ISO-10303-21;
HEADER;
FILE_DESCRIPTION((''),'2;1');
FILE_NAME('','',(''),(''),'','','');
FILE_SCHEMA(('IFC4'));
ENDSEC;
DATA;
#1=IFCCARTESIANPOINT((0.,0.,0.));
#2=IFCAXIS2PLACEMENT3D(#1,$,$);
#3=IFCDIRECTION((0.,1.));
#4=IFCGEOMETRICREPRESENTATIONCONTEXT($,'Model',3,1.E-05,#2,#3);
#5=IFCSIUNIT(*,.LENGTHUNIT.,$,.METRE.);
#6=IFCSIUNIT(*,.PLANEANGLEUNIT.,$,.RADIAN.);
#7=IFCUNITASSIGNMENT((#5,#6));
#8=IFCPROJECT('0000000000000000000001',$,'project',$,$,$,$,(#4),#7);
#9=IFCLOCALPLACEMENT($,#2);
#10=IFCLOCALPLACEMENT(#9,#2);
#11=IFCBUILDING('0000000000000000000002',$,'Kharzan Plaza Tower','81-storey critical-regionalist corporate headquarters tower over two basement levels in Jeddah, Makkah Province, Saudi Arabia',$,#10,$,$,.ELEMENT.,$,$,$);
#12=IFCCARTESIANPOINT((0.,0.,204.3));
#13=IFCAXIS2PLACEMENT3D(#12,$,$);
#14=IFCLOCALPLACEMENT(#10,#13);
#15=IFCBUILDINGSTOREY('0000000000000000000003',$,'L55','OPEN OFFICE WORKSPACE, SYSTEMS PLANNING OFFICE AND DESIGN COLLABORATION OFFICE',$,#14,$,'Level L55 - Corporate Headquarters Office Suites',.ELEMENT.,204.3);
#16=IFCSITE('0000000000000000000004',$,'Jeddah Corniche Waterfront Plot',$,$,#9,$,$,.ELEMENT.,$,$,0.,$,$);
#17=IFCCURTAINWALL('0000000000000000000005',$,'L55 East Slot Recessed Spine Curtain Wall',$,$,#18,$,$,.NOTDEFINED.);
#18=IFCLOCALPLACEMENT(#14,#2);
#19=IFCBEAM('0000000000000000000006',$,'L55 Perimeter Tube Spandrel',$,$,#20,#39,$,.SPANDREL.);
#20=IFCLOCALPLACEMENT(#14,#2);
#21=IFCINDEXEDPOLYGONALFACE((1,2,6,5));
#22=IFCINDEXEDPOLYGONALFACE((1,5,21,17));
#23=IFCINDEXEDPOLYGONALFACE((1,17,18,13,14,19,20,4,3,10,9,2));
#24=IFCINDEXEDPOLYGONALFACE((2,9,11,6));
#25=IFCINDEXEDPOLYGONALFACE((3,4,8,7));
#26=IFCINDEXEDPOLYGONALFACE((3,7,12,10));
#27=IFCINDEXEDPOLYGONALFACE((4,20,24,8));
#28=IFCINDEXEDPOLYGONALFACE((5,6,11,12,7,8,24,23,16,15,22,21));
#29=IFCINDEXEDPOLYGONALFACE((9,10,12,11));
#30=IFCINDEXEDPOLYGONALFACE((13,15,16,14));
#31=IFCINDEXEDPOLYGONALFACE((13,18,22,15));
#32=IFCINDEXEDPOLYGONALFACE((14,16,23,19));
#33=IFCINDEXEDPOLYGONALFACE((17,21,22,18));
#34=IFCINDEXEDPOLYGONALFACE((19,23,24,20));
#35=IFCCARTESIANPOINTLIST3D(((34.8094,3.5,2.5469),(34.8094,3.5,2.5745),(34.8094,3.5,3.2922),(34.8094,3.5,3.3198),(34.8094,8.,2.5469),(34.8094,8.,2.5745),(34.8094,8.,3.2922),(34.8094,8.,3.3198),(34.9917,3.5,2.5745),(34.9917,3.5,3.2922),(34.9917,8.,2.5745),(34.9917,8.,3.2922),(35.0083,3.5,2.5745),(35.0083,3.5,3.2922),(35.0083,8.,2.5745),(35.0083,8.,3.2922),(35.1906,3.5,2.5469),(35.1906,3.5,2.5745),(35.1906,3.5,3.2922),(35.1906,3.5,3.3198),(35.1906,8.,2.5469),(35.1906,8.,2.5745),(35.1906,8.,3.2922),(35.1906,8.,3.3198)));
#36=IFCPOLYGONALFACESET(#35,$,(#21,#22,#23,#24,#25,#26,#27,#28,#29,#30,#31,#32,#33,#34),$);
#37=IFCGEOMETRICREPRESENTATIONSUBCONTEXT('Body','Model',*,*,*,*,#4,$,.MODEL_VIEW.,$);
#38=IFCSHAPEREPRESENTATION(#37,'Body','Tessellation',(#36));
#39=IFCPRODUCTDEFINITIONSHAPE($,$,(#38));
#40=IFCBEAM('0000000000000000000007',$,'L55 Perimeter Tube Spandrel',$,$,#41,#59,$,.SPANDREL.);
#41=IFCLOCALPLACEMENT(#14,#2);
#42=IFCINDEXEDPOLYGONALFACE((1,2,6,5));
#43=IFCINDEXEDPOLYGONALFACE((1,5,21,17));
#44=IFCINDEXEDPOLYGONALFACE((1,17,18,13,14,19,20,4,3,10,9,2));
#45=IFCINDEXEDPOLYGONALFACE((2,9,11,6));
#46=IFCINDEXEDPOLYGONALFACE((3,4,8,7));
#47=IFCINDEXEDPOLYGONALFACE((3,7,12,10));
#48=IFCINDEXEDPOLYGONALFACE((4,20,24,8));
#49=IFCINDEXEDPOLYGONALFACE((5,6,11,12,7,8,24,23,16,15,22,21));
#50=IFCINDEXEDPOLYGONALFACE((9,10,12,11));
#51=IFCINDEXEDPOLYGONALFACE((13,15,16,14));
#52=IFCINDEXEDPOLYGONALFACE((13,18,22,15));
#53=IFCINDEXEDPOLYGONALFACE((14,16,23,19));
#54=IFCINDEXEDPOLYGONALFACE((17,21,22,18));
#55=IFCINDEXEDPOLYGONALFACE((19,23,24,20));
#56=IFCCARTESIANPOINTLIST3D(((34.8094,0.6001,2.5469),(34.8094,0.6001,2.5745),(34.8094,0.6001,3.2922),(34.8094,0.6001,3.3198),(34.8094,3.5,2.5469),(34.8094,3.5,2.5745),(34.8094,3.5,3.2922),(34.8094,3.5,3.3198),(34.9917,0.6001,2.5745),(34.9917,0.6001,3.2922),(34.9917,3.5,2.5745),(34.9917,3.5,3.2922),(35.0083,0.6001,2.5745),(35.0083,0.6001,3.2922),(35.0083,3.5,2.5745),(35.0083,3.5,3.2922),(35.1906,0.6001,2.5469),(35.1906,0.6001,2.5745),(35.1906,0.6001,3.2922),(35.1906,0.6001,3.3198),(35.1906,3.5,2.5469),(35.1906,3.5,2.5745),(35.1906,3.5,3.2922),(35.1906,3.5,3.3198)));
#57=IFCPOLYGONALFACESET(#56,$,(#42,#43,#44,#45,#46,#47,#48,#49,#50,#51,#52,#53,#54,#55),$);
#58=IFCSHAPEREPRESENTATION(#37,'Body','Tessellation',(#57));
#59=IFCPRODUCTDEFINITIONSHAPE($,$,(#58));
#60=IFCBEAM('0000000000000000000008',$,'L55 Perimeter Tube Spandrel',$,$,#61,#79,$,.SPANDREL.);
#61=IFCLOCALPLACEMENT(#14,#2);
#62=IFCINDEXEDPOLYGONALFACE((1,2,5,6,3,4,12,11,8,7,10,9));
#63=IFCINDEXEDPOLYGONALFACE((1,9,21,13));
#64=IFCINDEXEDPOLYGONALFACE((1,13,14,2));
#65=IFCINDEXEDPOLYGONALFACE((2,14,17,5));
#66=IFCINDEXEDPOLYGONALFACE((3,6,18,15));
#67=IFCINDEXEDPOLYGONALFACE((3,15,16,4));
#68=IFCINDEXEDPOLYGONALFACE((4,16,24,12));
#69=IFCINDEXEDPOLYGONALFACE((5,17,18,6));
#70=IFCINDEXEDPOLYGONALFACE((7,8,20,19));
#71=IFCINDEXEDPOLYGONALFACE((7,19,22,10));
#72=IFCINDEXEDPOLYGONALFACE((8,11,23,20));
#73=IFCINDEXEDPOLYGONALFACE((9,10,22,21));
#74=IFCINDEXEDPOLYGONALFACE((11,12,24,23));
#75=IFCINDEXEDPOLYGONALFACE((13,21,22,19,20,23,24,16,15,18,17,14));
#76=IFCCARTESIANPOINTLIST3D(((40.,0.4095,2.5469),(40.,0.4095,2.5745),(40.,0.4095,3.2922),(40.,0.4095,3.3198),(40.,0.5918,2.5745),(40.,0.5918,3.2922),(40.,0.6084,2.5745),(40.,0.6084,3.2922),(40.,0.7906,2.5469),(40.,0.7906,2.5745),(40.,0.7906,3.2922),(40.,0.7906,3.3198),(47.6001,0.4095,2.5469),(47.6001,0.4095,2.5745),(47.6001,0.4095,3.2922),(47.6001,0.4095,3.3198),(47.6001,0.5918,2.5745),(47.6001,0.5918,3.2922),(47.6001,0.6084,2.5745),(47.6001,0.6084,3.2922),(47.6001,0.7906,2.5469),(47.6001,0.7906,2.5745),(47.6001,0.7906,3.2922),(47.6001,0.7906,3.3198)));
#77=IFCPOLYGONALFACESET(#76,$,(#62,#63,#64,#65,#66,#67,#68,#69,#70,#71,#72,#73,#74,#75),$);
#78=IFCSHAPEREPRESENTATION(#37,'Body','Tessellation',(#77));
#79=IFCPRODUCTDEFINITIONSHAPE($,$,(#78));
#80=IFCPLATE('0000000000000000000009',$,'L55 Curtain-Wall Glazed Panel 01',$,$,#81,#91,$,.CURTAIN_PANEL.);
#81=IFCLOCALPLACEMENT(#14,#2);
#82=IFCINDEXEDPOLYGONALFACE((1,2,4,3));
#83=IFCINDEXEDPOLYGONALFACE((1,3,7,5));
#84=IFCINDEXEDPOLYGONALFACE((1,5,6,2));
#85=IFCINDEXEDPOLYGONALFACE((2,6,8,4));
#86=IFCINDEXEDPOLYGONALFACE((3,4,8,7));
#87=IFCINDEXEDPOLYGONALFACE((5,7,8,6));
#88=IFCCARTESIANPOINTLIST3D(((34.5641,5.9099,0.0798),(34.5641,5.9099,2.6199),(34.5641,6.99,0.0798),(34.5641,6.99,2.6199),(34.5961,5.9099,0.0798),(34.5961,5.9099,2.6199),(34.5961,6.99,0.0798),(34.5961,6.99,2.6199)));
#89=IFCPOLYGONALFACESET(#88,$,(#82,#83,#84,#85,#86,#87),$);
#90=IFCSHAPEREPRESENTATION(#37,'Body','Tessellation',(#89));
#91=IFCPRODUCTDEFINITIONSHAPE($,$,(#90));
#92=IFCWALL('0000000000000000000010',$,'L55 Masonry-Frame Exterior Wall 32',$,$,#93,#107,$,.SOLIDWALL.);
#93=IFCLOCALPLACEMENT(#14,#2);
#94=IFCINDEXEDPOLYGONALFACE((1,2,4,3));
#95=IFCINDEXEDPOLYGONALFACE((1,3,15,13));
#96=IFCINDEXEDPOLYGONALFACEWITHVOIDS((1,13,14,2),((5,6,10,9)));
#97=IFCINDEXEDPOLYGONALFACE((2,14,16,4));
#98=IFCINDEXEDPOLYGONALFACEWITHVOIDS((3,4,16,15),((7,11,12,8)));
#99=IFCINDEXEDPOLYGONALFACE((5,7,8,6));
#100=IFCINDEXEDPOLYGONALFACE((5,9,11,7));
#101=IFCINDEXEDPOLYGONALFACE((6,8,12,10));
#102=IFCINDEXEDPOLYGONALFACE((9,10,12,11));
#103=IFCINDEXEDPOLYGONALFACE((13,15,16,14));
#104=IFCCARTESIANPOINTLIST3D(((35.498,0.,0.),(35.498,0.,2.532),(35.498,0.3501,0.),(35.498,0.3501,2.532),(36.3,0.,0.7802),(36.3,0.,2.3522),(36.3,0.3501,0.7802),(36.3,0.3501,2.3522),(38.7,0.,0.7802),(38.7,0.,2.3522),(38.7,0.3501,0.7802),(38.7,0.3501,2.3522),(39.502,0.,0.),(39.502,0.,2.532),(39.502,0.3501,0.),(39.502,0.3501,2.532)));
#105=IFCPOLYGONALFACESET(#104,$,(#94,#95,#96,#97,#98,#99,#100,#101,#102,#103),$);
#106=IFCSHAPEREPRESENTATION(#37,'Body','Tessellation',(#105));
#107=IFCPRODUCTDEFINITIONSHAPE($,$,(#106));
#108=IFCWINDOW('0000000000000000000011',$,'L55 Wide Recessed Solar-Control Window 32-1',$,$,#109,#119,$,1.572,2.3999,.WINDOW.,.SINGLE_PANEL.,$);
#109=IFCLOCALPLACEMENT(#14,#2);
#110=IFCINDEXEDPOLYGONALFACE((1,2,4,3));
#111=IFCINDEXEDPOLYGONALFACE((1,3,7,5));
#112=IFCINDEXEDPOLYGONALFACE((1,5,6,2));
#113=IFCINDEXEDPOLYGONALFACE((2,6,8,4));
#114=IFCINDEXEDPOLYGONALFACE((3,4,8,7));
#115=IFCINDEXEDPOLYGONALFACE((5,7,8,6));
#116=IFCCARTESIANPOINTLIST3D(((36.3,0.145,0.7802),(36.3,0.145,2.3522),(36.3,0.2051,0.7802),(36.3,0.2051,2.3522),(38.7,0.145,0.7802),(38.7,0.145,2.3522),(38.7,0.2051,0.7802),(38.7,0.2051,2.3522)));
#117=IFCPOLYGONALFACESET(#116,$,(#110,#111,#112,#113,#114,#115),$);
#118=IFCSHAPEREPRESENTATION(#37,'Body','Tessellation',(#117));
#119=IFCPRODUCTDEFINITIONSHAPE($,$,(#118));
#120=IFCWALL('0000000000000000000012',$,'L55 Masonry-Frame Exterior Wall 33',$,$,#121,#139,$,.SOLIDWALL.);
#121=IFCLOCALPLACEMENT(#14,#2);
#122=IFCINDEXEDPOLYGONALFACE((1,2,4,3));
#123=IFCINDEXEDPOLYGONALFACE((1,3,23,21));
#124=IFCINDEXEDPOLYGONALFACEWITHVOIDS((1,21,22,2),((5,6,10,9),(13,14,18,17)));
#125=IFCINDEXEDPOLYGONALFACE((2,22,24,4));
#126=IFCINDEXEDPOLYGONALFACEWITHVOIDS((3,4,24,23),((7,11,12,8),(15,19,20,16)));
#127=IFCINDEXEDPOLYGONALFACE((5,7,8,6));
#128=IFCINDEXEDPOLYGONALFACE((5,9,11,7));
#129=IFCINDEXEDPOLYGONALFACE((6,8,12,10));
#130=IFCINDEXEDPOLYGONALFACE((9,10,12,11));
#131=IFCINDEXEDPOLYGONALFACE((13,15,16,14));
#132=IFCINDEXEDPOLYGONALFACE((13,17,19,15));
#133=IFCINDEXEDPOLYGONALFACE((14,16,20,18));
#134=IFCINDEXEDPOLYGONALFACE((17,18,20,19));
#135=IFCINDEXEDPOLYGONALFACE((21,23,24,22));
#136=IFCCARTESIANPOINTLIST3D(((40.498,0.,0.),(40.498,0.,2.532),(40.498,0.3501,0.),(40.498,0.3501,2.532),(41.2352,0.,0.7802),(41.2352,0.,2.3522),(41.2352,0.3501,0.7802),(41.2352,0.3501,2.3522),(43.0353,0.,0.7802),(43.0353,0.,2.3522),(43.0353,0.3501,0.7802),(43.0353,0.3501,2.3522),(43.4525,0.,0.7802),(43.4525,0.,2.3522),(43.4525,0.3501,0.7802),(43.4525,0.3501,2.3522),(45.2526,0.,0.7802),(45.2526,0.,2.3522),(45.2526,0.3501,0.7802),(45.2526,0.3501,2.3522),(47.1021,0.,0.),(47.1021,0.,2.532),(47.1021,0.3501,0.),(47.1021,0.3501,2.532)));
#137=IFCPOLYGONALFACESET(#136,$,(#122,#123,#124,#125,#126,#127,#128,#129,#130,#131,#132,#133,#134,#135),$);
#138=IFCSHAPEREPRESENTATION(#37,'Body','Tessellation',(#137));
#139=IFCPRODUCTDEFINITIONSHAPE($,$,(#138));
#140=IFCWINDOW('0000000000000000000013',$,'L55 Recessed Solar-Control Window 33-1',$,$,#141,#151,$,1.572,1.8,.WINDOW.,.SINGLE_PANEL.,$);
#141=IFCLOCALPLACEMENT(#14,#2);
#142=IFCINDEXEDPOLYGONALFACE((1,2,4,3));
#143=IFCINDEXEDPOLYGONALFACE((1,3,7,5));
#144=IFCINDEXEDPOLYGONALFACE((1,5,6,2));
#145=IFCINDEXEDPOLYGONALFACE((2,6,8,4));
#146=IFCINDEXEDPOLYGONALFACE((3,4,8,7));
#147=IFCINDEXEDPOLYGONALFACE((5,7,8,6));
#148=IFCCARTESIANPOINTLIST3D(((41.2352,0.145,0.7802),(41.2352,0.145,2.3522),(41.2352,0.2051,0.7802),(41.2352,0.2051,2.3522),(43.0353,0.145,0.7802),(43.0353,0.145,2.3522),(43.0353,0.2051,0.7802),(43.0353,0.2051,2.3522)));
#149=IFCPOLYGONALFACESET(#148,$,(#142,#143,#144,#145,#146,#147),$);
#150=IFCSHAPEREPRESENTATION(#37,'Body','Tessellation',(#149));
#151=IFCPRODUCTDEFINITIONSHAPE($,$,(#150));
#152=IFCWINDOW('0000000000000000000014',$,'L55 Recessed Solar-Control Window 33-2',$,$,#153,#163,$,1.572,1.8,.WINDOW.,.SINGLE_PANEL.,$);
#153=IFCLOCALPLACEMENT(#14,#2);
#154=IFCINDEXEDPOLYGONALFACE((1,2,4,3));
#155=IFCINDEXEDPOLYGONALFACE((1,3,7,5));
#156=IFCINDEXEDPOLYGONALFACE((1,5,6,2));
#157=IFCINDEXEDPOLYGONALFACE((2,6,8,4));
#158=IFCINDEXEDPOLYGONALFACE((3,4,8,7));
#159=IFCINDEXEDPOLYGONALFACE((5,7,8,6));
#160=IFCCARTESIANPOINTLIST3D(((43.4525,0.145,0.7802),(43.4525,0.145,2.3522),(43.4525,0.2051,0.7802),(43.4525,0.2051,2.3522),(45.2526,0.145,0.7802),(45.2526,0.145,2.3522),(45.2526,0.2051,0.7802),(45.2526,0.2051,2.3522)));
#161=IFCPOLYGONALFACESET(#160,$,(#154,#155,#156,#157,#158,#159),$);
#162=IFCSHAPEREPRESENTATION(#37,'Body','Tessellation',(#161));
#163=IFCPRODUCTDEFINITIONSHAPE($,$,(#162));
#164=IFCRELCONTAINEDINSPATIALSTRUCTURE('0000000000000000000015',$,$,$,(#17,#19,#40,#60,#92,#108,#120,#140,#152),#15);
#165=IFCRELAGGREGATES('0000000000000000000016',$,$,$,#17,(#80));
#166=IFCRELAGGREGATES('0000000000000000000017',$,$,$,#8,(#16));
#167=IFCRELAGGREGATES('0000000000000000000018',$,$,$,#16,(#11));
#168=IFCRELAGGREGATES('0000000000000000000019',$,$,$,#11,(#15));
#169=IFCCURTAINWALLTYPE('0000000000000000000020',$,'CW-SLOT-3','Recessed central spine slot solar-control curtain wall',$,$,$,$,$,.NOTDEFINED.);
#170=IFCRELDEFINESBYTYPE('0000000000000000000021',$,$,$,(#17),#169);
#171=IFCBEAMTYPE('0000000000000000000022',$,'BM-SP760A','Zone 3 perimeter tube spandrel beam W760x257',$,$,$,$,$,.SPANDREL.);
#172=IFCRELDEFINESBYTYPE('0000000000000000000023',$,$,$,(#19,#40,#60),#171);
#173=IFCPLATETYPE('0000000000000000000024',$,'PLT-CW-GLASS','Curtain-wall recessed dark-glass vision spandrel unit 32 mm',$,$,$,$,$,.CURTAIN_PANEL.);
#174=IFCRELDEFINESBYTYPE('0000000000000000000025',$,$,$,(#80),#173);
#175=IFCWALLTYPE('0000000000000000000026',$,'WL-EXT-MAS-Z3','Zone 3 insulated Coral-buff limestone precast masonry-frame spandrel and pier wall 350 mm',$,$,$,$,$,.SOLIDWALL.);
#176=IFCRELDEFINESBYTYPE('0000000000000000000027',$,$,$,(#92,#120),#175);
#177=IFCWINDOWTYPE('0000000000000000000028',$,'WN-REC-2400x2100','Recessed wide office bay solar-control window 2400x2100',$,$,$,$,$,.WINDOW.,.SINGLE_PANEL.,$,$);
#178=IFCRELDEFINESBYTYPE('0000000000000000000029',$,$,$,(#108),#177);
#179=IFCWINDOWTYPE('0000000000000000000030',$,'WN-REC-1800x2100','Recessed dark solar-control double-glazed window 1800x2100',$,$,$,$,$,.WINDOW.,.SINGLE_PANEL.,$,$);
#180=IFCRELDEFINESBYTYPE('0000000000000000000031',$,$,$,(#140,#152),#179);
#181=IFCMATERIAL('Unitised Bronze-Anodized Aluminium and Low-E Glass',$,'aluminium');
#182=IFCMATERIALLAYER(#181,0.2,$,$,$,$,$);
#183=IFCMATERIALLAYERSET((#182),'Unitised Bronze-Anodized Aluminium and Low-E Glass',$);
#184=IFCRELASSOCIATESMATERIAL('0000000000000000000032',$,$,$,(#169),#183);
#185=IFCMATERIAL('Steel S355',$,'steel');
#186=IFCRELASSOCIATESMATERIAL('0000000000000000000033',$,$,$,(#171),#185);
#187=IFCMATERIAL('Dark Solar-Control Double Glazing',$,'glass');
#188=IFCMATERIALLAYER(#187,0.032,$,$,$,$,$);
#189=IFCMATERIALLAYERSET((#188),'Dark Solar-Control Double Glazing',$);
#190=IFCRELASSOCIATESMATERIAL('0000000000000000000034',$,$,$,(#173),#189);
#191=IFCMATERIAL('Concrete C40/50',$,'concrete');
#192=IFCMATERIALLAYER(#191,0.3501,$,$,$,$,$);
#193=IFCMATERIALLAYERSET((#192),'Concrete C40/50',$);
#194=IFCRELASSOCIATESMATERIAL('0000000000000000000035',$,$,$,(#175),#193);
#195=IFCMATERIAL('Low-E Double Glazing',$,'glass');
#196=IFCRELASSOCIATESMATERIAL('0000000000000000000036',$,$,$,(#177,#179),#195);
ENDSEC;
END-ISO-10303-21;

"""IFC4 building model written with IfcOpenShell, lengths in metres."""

from ifc_helpers import new_model, si_unit, direction, frame, frame_2d, origin, origin_2d, place, context, subcontext, project, spatial, rectangle, i_section, extrude, source, transform, mapped, material, layer, layer_set, material_profile, profile_set, type_object, element, fill, aggregate, save


model = new_model("IFC4")

# Units and contexts
model_context = context("Model", 3, precision=1e-05, world=origin(), true_north=direction((0.0, 1.0)))
body_context = subcontext(model_context, "Body", "Model", "MODEL_VIEW")
ifc_project = project(units=[si_unit("LENGTHUNIT", "METRE"), si_unit("PLANEANGLEUNIT", "RADIAN")], contexts=[model_context])

# Site, building, storey
site_placement = place(None, origin())
site = spatial("IfcSite", under=ifc_project, at=site_placement, Name="Jeddah Corniche Waterfront Plot", CompositionType="ELEMENT", RefElevation=0.0)
building_placement = place(site_placement, origin())
building = spatial("IfcBuilding", under=site, at=building_placement, Name="Kharzan Plaza Tower", Description="81-storey critical-regionalist corporate headquarters tower over two basement levels in Jeddah, Makkah Province, Saudi Arabia", CompositionType="ELEMENT")
storey_placement = place(building_placement, frame((0.0, 0.0, 204.3)))
storey = spatial("IfcBuildingStorey", under=building, at=storey_placement, Name="L55", Description="OPEN OFFICE WORKSPACE, SYSTEMS PLANNING OFFICE AND DESIGN COLLABORATION OFFICE", LongName="Level L55 - Corporate Headquarters Office Suites", CompositionType="ELEMENT", Elevation=204.3)

# Shared definitions
ifc_material_1 = material(Name="Steel S355", Category="steel")

# Curtain wall
ifc_material_2 = material(Name="Unitised Bronze-Anodized Aluminium and Low-E Glass", Category="aluminium")
ifc_layer_1 = layer(ifc_material_2, 0.2)
ifc_layer_set_1 = layer_set([ifc_layer_1], Name="Unitised Bronze-Anodized Aluminium and Low-E Glass")
curtain_wall_type = type_object("IfcCurtainWallType", Name="CW-SLOT-3", Description="Recessed central spine slot solar-control curtain wall", PredefinedType="NOTDEFINED", material=ifc_layer_set_1)
curtain_wall_placement = place(storey_placement, origin())
curtain_wall = element("IfcCurtainWall", 1, at=curtain_wall_placement, inside=storey, type_object=curtain_wall_type, Name="L55 East Slot Recessed Spine Curtain Wall", PredefinedType="NOTDEFINED")

# Beams
ifc_material_profile_1 = material_profile(ifc_material_1, i_section(OverallWidth=0.3811, OverallDepth=0.7729, WebThickness=0.0166, FlangeThickness=0.0276, at=origin_2d()), Name="W760x257")
ifc_profile_set_1 = profile_set([ifc_material_profile_1], Name="Steel S355")
beam_type_1 = type_object("IfcBeamType", Name="BM-SP760A", Description="Zone 3 perimeter tube spandrel beam W760x257", PredefinedType="SPANDREL", material=ifc_profile_set_1)
shared_shape_1 = source(origin(), body_context, "Body", "SweptSolid", [
    extrude(i_section(OverallWidth=0.3811, OverallDepth=0.7729, WebThickness=0.0166, FlangeThickness=0.0276, at=origin_2d()), origin(), (0.0, 0.0, 1.0), 4.5),
])
beam_1_placement = place(storey_placement, frame((35.0, 3.5, 2.9333), z_axis=(0.0, 1.0, 0.0), x_axis=(-1.0, 0.0, 0.0)))
element("IfcBeam", 2, at=beam_1_placement, inside=storey, type_object=beam_type_1, Name="L55 Perimeter Tube Spandrel", PredefinedType="SPANDREL", context=body_context, shape_type="MappedRepresentation", body=[
    mapped(shared_shape_1, transform((0.0, 0.0, 0.0), x_axis=(1.0, 0.0, 0.0), y_axis=(0.0, 1.0, 0.0), z_axis=(0.0, 0.0, 1.0))),
])
shared_shape_2 = source(origin(), body_context, "Body", "SweptSolid", [
    extrude(i_section(OverallWidth=0.3811, OverallDepth=0.7729, WebThickness=0.0166, FlangeThickness=0.0276, at=origin_2d()), origin(), (0.0, 0.0, 1.0), 2.8999),
])
beam_2_placement = place(storey_placement, frame((35.0, 0.6001, 2.9333), z_axis=(0.0, 1.0, 0.0), x_axis=(-1.0, 0.0, 0.0)))
element("IfcBeam", 3, at=beam_2_placement, inside=storey, type_object=beam_type_1, Name="L55 Perimeter Tube Spandrel", PredefinedType="SPANDREL", context=body_context, shape_type="MappedRepresentation", body=[
    mapped(shared_shape_2, transform((0.0, 0.0, 0.0), x_axis=(1.0, 0.0, 0.0), y_axis=(0.0, 1.0, 0.0), z_axis=(0.0, 0.0, 1.0))),
])
shared_shape_3 = source(origin(), body_context, "Body", "SweptSolid", [
    extrude(i_section(OverallWidth=0.3811, OverallDepth=0.7729, WebThickness=0.0166, FlangeThickness=0.0276, at=origin_2d()), origin(), (0.0, 0.0, 1.0), 7.6001),
])
beam_3_placement = place(storey_placement, frame((40.0, 0.6001, 2.9333), z_axis=(1.0, 0.0, 0.0), x_axis=(0.0, 1.0, 0.0)))
element("IfcBeam", 4, at=beam_3_placement, inside=storey, type_object=beam_type_1, Name="L55 Perimeter Tube Spandrel", PredefinedType="SPANDREL", context=body_context, shape_type="MappedRepresentation", body=[
    mapped(shared_shape_3, transform((0.0, 0.0, 0.0), x_axis=(1.0, 0.0, 0.0), y_axis=(0.0, 1.0, 0.0), z_axis=(0.0, 0.0, 1.0))),
])

# Plate
ifc_material_3 = material(Name="Dark Solar-Control Double Glazing", Category="glass")
ifc_layer_2 = layer(ifc_material_3, 0.032)
ifc_layer_set_2 = layer_set([ifc_layer_2], Name="Dark Solar-Control Double Glazing")
plate_type = type_object("IfcPlateType", Name="PLT-CW-GLASS", Description="Curtain-wall recessed dark-glass vision spandrel unit 32 mm", PredefinedType="CURTAIN_PANEL", material=ifc_layer_set_2)
shared_shape_4 = source(origin(), body_context, "Body", "SweptSolid", [
    extrude(rectangle(XDim=1.0801, YDim=0.032, at=origin_2d()), origin(), (0.0, 0.0, 1.0), 2.54),
])
plate_placement = place(storey_placement, frame((34.5801, 6.45, 0.0798), z_axis=(0.0, 0.0, 1.0), x_axis=(0.0, 1.0, 0.0)))
plate = element("IfcPlate", 5, at=plate_placement, type_object=plate_type, Name="L55 Curtain-Wall Glazed Panel 01", PredefinedType="CURTAIN_PANEL", context=body_context, shape_type="MappedRepresentation", body=[
    mapped(shared_shape_4, transform((0.0, 0.0, 0.0), x_axis=(1.0, 0.0, 0.0), y_axis=(0.0, 1.0, 0.0), z_axis=(0.0, 0.0, 1.0))),
])
aggregate(curtain_wall, [plate])

# Wall, opening, window
ifc_material_4 = material(Name="Concrete C40/50", Category="concrete")
ifc_layer_3 = layer(ifc_material_4, 0.3501)
ifc_layer_set_3 = layer_set([ifc_layer_3], Name="Concrete C40/50")
wall_type_1 = type_object("IfcWallType", Name="WL-EXT-MAS-Z3", Description="Zone 3 insulated Coral-buff limestone precast masonry-frame spandrel and pier wall 350 mm", PredefinedType="SOLIDWALL", material=ifc_layer_set_3)
wall_1_placement = place(storey_placement, frame((35.498, 0.175, 0.0), z_axis=(0.0, 0.0, 1.0), x_axis=(1.0, 0.0, 0.0)))
wall_1 = element("IfcWall", 6, at=wall_1_placement, inside=storey, type_object=wall_type_1, Name="L55 Masonry-Frame Exterior Wall 32", PredefinedType="SOLIDWALL", context=body_context, shape_type="SweptSolid", body=[
    extrude(rectangle(XDim=4.0039, YDim=0.3501, at=frame_2d((2.002, 0.0))), origin(), (0.0, 0.0, 1.0), 2.532),
])
opening_1_placement = place(wall_1_placement, frame((0.802, 0.0, 0.78)))
opening_1 = element("IfcOpeningElement", 7, at=opening_1_placement, cuts=wall_1, PredefinedType="OPENING", context=body_context, shape_type="SweptSolid", body=[
    extrude(rectangle(XDim=2.3999, YDim=1.572, at=frame_2d((1.2, 0.7861))), frame((0.0, 0.1851, 0.0), z_axis=(0.0, -1.0, 0.0), x_axis=(1.0, 0.0, 0.0)), (0.0, 0.0, 1.0), 0.3701),
])
ifc_material_5 = material(Name="Low-E Double Glazing", Category="glass")
window_type_1 = type_object("IfcWindowType", Name="WN-REC-2400x2100", Description="Recessed wide office bay solar-control window 2400x2100", PartitioningType="SINGLE_PANEL", PredefinedType="WINDOW", material=ifc_material_5)
shared_shape_5 = source(origin(), body_context, "Body", "SweptSolid", [
    extrude(rectangle(XDim=2.3999, YDim=1.572, at=frame_2d((1.2, 0.7861))), frame((0.0, 0.03, 0.0), z_axis=(0.0, -1.0, 0.0), x_axis=(1.0, 0.0, 0.0)), (0.0, 0.0, 1.0), 0.0601),
])
window_1_placement = place(opening_1_placement, origin())
window_1 = element("IfcWindow", 8, at=window_1_placement, inside=storey, type_object=window_type_1, Name="L55 Wide Recessed Solar-Control Window 32-1", OverallHeight=1.572, OverallWidth=2.3999, PartitioningType="SINGLE_PANEL", PredefinedType="WINDOW", context=body_context, shape_type="MappedRepresentation", body=[
    mapped(shared_shape_5, transform((0.0, 0.0, 0.0), x_axis=(1.0, 0.0, 0.0), y_axis=(0.0, 1.0, 0.0), z_axis=(0.0, 0.0, 1.0))),
])
fill(opening_1, window_1)

# Wall, openings, windows
wall_2_placement = place(storey_placement, frame((40.498, 0.175, 0.0), z_axis=(0.0, 0.0, 1.0), x_axis=(1.0, 0.0, 0.0)))
wall_2 = element("IfcWall", 9, at=wall_2_placement, inside=storey, type_object=wall_type_1, Name="L55 Masonry-Frame Exterior Wall 33", PredefinedType="SOLIDWALL", context=body_context, shape_type="SweptSolid", body=[
    extrude(rectangle(XDim=6.604, YDim=0.3501, at=frame_2d((3.302, 0.0))), origin(), (0.0, 0.0, 1.0), 2.532),
])
opening_2_placement = place(wall_2_placement, frame((0.7373, 0.0, 0.78)))
opening_2 = element("IfcOpeningElement", 10, at=opening_2_placement, cuts=wall_2, PredefinedType="OPENING", context=body_context, shape_type="SweptSolid", body=[
    extrude(rectangle(XDim=1.8, YDim=1.572, at=frame_2d((0.8999, 0.7861))), frame((0.0, 0.1851, 0.0), z_axis=(0.0, -1.0, 0.0), x_axis=(1.0, 0.0, 0.0)), (0.0, 0.0, 1.0), 0.3701),
])
opening_3_placement = place(wall_2_placement, frame((2.9546, 0.0, 0.78)))
opening_3 = element("IfcOpeningElement", 11, at=opening_3_placement, cuts=wall_2, PredefinedType="OPENING", context=body_context, shape_type="SweptSolid", body=[
    extrude(rectangle(XDim=1.8, YDim=1.572, at=frame_2d((0.8999, 0.7861))), frame((0.0, 0.1851, 0.0), z_axis=(0.0, -1.0, 0.0), x_axis=(1.0, 0.0, 0.0)), (0.0, 0.0, 1.0), 0.3701),
])
window_type_2 = type_object("IfcWindowType", Name="WN-REC-1800x2100", Description="Recessed dark solar-control double-glazed window 1800x2100", PartitioningType="SINGLE_PANEL", PredefinedType="WINDOW", material=ifc_material_5)
shared_shape_6 = source(origin(), body_context, "Body", "SweptSolid", [
    extrude(rectangle(XDim=1.8, YDim=1.572, at=frame_2d((0.8999, 0.7861))), frame((0.0, 0.03, 0.0), z_axis=(0.0, -1.0, 0.0), x_axis=(1.0, 0.0, 0.0)), (0.0, 0.0, 1.0), 0.0601),
])
window_2_placement = place(opening_2_placement, origin())
window_2 = element("IfcWindow", 12, at=window_2_placement, inside=storey, type_object=window_type_2, Name="L55 Recessed Solar-Control Window 33-1", OverallHeight=1.572, OverallWidth=1.8, PartitioningType="SINGLE_PANEL", PredefinedType="WINDOW", context=body_context, shape_type="MappedRepresentation", body=[
    mapped(shared_shape_6, transform((0.0, 0.0, 0.0), x_axis=(1.0, 0.0, 0.0), y_axis=(0.0, 1.0, 0.0), z_axis=(0.0, 0.0, 1.0))),
])
fill(opening_2, window_2)
window_3_placement = place(opening_3_placement, origin())
window_3 = element("IfcWindow", 13, at=window_3_placement, inside=storey, type_object=window_type_2, Name="L55 Recessed Solar-Control Window 33-2", OverallHeight=1.572, OverallWidth=1.8, PartitioningType="SINGLE_PANEL", PredefinedType="WINDOW", context=body_context, shape_type="MappedRepresentation", body=[
    mapped(shared_shape_6, transform((0.0, 0.0, 0.0), x_axis=(1.0, 0.0, 0.0), y_axis=(0.0, 1.0, 0.0), z_axis=(0.0, 0.0, 1.0))),
])
fill(opening_3, window_3)

save(model, "model.ifc")
